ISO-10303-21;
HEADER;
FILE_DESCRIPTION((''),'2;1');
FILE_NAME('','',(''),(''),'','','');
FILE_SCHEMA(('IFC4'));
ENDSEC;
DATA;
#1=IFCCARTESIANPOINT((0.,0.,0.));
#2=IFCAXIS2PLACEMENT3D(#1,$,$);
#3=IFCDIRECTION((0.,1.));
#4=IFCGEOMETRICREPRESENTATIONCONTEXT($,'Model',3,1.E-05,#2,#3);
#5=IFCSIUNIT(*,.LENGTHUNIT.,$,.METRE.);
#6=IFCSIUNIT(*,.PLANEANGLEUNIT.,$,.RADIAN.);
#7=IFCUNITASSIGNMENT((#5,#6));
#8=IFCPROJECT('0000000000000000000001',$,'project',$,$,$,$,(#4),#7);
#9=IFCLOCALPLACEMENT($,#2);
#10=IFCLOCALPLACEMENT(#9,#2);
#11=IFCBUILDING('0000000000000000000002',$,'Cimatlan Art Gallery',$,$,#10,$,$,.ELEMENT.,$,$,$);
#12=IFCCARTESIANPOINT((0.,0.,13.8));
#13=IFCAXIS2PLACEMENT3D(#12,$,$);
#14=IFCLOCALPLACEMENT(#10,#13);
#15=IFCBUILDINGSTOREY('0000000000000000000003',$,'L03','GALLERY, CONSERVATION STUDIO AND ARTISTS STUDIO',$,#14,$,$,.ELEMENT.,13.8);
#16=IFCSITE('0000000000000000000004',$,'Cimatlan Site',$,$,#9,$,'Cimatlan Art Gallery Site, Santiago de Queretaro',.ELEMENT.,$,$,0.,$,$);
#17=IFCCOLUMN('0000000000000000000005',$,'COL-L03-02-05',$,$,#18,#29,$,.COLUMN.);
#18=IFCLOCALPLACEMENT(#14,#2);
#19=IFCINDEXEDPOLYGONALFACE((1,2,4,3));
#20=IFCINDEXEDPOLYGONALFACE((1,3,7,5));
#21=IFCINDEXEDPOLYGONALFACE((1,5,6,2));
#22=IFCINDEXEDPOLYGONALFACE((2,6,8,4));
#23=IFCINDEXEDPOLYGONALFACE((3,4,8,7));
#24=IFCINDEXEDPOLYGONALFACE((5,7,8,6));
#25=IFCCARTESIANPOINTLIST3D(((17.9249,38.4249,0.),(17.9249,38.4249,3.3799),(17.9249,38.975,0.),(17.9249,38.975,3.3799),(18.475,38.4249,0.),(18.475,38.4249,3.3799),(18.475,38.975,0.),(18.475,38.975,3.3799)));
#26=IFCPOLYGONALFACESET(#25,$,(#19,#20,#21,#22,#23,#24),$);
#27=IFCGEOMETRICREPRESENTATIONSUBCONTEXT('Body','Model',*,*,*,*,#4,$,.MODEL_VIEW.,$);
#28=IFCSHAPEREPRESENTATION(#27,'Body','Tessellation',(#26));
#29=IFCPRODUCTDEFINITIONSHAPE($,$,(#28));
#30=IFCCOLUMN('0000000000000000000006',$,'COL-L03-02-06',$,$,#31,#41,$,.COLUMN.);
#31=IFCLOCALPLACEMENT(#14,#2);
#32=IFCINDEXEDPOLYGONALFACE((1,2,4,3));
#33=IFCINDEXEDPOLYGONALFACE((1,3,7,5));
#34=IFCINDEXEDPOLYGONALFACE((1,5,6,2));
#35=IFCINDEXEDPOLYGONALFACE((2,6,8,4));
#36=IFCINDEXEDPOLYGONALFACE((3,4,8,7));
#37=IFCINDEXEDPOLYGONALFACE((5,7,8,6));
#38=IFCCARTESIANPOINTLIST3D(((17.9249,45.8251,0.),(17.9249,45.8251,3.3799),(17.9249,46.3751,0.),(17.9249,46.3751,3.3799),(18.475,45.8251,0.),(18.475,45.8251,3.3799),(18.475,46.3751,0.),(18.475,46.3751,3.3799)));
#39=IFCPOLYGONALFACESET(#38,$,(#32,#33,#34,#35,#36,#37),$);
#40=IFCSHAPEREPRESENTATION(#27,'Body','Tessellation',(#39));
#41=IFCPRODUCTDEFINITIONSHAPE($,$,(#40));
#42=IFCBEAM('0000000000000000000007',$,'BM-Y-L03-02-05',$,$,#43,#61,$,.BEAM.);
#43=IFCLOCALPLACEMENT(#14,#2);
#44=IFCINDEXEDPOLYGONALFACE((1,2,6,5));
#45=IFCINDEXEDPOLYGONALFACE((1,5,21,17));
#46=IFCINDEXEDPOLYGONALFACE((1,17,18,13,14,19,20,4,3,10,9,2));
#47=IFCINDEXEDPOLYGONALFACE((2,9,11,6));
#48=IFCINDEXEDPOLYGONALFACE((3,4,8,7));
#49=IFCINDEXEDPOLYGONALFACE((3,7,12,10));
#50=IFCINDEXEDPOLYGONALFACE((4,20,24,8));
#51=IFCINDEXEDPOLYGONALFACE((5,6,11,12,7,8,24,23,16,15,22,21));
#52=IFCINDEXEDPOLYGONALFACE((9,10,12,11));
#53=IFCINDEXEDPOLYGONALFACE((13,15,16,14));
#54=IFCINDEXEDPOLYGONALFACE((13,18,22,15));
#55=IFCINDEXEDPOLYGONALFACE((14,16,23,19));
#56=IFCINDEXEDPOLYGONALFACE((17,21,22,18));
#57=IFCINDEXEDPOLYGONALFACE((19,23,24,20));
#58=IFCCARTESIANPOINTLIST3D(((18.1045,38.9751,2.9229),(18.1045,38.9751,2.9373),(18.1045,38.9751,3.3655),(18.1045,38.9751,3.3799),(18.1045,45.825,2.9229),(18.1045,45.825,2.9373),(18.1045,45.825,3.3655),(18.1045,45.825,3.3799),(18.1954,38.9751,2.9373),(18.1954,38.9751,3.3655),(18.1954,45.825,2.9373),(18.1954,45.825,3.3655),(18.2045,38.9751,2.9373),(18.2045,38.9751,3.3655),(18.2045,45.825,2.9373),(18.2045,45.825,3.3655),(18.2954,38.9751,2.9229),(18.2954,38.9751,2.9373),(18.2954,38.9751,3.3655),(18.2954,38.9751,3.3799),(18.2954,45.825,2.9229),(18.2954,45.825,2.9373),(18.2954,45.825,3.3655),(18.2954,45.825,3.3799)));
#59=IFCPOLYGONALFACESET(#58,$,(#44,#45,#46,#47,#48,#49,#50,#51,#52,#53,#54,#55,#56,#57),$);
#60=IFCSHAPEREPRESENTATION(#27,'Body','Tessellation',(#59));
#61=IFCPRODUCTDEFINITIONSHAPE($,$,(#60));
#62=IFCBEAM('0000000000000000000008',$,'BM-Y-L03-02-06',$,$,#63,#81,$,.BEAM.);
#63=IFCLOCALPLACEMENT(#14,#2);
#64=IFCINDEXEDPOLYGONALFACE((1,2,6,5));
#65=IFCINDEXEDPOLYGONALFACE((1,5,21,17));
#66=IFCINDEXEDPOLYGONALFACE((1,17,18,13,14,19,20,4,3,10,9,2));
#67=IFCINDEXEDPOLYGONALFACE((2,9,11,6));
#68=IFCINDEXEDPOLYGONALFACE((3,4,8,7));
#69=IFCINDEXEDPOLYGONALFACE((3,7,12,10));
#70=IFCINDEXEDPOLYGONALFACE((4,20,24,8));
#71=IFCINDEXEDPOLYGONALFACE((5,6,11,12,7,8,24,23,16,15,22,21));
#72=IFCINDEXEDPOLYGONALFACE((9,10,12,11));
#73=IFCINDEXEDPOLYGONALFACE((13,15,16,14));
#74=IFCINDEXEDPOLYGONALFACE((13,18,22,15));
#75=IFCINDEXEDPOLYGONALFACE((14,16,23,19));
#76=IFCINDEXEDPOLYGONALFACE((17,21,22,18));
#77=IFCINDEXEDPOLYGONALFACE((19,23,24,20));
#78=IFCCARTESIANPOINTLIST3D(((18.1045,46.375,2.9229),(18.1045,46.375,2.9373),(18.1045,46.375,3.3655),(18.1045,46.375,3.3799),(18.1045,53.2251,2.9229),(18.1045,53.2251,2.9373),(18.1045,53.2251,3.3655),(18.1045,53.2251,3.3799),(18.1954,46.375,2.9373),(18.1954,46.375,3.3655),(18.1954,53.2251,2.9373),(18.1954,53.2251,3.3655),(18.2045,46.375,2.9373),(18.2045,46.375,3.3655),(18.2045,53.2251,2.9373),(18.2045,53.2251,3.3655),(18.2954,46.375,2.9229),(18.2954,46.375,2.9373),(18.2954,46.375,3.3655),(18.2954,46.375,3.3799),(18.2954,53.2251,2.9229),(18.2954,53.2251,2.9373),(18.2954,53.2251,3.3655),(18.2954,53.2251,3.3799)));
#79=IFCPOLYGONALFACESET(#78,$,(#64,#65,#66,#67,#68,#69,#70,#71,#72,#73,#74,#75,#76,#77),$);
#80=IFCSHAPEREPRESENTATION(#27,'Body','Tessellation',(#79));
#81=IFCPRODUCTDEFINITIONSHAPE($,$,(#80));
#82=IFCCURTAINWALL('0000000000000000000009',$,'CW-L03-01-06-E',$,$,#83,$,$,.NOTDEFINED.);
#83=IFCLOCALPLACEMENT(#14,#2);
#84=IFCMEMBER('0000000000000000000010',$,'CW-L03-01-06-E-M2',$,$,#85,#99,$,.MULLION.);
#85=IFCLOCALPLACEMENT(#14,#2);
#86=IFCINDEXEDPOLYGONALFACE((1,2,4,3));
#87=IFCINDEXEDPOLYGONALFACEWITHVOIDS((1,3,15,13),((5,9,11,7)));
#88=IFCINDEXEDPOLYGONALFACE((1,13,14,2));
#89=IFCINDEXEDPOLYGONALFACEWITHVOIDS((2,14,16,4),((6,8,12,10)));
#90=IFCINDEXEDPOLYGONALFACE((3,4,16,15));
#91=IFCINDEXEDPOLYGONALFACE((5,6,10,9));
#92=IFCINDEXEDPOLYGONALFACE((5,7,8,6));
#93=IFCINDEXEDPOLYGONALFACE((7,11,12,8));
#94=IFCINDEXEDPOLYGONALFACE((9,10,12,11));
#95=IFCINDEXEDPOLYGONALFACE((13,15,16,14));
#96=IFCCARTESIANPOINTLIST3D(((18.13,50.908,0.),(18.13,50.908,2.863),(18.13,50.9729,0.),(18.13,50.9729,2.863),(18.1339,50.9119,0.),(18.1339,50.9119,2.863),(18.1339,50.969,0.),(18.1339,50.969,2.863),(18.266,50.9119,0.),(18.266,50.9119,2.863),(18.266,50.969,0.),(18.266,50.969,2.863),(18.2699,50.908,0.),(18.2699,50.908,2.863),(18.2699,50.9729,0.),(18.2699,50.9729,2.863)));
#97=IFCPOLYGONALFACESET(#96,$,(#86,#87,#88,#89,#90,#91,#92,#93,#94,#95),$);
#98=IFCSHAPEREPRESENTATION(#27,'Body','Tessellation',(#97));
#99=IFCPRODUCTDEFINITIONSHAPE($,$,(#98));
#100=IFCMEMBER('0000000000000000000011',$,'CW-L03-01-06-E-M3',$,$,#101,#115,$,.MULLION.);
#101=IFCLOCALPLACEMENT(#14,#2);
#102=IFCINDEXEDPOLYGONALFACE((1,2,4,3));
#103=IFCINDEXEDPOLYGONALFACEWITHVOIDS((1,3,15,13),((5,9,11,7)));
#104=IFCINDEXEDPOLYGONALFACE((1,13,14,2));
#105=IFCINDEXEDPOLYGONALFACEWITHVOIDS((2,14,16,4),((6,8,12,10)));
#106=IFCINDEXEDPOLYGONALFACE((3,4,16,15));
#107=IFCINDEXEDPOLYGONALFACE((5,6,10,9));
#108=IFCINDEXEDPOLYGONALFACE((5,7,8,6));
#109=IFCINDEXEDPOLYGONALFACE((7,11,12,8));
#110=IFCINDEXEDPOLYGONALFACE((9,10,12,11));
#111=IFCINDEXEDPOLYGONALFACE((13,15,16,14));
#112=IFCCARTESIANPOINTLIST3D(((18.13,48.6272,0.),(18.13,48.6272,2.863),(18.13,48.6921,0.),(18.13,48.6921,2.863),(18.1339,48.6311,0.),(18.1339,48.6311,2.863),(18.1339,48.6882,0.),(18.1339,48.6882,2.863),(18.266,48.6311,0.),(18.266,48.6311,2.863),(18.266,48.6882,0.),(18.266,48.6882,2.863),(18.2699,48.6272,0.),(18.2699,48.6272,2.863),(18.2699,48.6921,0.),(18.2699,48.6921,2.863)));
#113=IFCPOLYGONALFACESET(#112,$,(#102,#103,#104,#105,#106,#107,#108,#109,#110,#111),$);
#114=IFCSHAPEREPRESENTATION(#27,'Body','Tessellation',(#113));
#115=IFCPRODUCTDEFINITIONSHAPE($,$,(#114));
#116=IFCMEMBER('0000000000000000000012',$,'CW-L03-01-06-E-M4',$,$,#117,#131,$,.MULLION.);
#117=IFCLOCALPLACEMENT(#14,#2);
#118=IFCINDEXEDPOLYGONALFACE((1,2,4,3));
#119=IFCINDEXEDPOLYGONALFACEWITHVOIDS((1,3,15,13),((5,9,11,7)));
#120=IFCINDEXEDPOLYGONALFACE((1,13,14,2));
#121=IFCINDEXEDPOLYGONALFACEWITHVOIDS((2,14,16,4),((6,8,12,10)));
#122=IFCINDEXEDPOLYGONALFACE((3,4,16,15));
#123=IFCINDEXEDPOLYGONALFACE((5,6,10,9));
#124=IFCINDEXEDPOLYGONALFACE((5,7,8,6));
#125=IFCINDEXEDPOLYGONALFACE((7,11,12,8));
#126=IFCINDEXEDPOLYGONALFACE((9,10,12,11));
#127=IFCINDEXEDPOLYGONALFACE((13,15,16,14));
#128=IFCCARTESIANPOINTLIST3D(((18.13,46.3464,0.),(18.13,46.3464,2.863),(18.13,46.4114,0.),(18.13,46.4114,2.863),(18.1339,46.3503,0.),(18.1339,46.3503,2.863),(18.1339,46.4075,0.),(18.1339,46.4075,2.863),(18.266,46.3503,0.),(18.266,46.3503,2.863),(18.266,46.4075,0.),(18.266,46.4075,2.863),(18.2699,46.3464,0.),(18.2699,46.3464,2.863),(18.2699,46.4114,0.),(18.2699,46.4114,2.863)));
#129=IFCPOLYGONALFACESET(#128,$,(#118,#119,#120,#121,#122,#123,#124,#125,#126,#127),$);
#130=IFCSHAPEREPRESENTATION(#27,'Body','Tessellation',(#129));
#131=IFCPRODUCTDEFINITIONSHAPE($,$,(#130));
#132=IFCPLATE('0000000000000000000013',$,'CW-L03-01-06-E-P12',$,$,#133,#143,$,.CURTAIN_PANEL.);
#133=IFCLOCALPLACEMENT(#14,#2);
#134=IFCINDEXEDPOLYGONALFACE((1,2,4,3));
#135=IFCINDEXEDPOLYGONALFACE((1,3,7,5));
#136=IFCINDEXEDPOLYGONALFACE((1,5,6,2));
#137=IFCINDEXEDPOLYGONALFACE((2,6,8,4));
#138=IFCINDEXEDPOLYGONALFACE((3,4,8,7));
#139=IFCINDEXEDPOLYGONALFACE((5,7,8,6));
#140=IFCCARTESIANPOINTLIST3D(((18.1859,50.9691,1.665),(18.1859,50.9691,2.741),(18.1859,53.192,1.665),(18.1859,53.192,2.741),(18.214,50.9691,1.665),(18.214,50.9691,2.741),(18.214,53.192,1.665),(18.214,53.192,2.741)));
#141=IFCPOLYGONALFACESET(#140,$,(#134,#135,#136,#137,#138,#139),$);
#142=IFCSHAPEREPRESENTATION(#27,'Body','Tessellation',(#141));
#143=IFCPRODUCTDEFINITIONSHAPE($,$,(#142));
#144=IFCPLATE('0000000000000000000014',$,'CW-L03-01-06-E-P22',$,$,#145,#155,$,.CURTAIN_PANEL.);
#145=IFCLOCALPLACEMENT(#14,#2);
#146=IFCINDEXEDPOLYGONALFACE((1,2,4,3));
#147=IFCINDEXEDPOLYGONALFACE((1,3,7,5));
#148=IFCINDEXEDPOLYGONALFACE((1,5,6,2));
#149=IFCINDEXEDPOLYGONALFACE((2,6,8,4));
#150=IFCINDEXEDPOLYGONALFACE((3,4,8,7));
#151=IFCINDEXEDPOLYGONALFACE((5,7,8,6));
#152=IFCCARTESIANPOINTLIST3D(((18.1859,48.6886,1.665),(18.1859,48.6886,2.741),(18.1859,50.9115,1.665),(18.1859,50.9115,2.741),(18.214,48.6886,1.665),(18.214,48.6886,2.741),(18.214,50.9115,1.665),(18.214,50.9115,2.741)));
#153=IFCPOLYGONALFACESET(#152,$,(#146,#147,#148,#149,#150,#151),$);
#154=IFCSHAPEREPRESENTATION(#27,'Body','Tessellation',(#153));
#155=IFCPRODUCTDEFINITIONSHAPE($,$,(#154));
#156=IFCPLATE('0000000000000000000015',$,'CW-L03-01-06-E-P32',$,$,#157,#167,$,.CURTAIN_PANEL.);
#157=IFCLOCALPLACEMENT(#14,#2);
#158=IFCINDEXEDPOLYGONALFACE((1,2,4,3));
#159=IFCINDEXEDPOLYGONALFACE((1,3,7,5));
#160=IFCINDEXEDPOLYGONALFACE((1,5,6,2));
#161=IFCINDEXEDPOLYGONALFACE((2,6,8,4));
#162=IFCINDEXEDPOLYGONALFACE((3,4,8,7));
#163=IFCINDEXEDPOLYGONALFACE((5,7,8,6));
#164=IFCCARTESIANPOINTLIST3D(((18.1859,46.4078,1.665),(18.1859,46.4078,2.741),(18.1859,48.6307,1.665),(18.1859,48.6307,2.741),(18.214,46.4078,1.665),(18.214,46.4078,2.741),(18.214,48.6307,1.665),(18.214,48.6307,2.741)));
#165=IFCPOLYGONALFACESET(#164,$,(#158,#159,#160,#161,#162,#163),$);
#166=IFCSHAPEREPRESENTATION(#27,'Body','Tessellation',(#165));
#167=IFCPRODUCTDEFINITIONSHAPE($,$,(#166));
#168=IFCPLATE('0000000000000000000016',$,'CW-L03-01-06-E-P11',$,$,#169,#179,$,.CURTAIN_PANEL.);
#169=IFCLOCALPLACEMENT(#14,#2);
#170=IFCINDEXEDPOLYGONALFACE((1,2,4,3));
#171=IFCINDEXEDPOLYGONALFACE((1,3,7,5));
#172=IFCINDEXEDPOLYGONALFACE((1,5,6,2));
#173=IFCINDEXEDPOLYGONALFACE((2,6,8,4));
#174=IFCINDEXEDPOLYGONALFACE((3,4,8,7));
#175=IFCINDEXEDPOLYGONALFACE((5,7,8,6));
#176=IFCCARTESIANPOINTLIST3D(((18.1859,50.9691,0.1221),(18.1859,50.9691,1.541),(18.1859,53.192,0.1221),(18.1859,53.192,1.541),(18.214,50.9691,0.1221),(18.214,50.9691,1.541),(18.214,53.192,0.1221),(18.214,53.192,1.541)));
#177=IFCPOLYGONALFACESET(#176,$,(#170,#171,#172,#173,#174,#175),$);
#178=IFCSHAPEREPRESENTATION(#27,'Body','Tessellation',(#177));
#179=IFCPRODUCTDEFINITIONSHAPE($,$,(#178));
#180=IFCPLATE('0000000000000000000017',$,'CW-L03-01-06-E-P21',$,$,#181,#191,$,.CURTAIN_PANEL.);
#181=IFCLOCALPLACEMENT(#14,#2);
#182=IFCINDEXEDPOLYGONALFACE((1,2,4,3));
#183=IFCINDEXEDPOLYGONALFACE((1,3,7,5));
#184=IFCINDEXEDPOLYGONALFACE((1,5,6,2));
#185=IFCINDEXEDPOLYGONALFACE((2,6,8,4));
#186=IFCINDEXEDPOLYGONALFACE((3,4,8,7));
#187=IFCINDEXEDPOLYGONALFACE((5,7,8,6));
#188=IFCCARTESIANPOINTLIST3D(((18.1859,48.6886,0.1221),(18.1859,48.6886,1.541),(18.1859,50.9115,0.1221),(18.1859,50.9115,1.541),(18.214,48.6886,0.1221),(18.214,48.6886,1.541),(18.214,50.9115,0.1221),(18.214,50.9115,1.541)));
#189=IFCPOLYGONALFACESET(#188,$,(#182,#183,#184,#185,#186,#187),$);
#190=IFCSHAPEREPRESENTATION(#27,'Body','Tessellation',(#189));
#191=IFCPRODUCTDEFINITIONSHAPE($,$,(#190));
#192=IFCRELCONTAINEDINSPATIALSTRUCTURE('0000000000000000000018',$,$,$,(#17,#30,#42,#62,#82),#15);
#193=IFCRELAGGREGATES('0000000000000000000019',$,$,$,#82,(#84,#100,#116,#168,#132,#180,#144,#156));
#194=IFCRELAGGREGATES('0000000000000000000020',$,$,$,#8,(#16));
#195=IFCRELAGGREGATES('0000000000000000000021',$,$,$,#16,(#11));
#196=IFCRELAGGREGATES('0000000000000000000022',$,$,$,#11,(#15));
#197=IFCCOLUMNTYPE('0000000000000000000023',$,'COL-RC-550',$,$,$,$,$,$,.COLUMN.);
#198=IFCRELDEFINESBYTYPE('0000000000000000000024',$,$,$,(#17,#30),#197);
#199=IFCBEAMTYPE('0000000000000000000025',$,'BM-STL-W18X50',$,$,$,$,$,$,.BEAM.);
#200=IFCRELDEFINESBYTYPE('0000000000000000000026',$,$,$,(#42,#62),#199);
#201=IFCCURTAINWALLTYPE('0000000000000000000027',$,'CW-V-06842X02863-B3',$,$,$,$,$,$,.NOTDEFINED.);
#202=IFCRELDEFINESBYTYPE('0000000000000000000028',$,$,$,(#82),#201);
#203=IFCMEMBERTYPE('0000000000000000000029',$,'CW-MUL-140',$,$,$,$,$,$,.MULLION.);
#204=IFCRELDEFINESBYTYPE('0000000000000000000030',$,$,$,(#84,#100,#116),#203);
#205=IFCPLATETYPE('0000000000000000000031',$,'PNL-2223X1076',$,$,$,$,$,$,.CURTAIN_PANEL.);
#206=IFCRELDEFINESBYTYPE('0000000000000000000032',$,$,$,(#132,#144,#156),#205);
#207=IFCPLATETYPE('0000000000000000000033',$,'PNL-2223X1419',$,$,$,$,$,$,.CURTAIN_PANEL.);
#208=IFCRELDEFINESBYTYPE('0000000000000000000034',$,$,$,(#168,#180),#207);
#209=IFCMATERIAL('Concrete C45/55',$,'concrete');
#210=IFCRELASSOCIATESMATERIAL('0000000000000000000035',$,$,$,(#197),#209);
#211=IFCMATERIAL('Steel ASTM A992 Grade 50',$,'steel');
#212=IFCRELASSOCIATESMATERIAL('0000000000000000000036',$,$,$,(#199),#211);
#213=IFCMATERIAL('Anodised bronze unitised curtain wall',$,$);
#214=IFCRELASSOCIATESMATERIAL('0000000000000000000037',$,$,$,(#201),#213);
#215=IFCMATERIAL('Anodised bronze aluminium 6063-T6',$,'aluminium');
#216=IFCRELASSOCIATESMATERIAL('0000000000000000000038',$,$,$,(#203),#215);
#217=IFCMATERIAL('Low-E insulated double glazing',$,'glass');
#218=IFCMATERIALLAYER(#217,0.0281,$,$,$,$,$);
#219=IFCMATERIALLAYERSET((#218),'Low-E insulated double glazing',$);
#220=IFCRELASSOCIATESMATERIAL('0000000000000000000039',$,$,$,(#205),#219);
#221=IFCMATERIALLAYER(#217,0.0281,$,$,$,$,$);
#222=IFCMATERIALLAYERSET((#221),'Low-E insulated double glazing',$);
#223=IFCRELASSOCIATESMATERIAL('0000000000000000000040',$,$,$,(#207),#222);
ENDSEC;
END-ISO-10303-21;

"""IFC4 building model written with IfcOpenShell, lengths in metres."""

from ifc_helpers import new_model, si_unit, direction, frame, origin, origin_2d, place, context, subcontext, project, spatial, rectangle, hollow_rectangle, i_section, extrude, material, layer, layer_set, material_profile, profile_set, type_object, element, aggregate, save


model = new_model("IFC4")

# Units and contexts
model_context = context("Model", 3, precision=1e-05, world=origin(), true_north=direction((0.0, 1.0)))
body_context = subcontext(model_context, "Body", "Model", "MODEL_VIEW")
ifc_project = project(units=[si_unit("LENGTHUNIT", "METRE"), si_unit("PLANEANGLEUNIT", "RADIAN")], contexts=[model_context])

# Site, building, storey
site_placement = place(None, origin())
site = spatial("IfcSite", under=ifc_project, at=site_placement, Name="Cimatlan Site", LongName="Cimatlan Art Gallery Site, Santiago de Queretaro", CompositionType="ELEMENT", RefElevation=0.0)
building_placement = place(site_placement, origin())
building = spatial("IfcBuilding", under=site, at=building_placement, Name="Cimatlan Art Gallery", CompositionType="ELEMENT")
storey_placement = place(building_placement, frame((0.0, 0.0, 13.8)))
storey = spatial("IfcBuildingStorey", under=building, at=storey_placement, Name="L03", Description="GALLERY, CONSERVATION STUDIO AND ARTISTS STUDIO", CompositionType="ELEMENT", Elevation=13.8)

# Columns
ifc_material_1 = material(Name="Concrete C45/55", Category="concrete")
ifc_material_profile_1 = material_profile(ifc_material_1, rectangle(XDim=0.55, YDim=0.55, at=origin_2d()), Name="RC550X550")
ifc_profile_set_1 = profile_set([ifc_material_profile_1], Name="Concrete C45/55")
column_type = type_object("IfcColumnType", Name="COL-RC-550", PredefinedType="COLUMN", material=ifc_profile_set_1)
for number, where, z_axis, x_axis, name in (
    (1, (18.2, 38.7, 0.0), (0.0, 0.0, 1.0), (1.0, 0.0, 0.0), "COL-L03-02-05"),
    (2, (18.2, 46.1001, 0.0), (0.0, 0.0, 1.0), (1.0, 0.0, 0.0), "COL-L03-02-06"),
):
    element("IfcColumn", number, at=place(storey_placement, frame(where, z_axis=z_axis, x_axis=x_axis)), inside=storey, type_object=column_type, Name=name, PredefinedType="COLUMN", context=body_context, shape_type="SweptSolid", body=[
        extrude(rectangle(XDim=0.55, YDim=0.55, at=origin_2d()), origin(), (0.0, 0.0, 1.0), 3.3799),
    ])

# Beams
ifc_material_2 = material(Name="Steel ASTM A992 Grade 50", Category="steel")
ifc_material_profile_2 = material_profile(ifc_material_2, i_section(OverallWidth=0.1909, OverallDepth=0.457, WebThickness=0.009, FlangeThickness=0.0144, at=origin_2d()), Name="W18X50")
ifc_profile_set_2 = profile_set([ifc_material_profile_2], Name="Steel ASTM A992 Grade 50")
beam_type = type_object("IfcBeamType", Name="BM-STL-W18X50", PredefinedType="BEAM", material=ifc_profile_set_2)
beam_1_placement = place(storey_placement, frame((18.2, 38.9751, 3.1514), z_axis=(0.0, 1.0, 0.0), x_axis=(-1.0, 0.0, 0.0)))
element("IfcBeam", 3, at=beam_1_placement, inside=storey, type_object=beam_type, Name="BM-Y-L03-02-05", PredefinedType="BEAM", context=body_context, shape_type="SweptSolid", body=[
    extrude(i_section(OverallWidth=0.1909, OverallDepth=0.457, WebThickness=0.009, FlangeThickness=0.0144, at=origin_2d()), origin(), (0.0, 0.0, 1.0), 6.8499),
])
beam_2_placement = place(storey_placement, frame((18.2, 46.375, 3.1514), z_axis=(0.0, 1.0, 0.0), x_axis=(-1.0, 0.0, 0.0)))
element("IfcBeam", 4, at=beam_2_placement, inside=storey, type_object=beam_type, Name="BM-Y-L03-02-06", PredefinedType="BEAM", context=body_context, shape_type="SweptSolid", body=[
    extrude(i_section(OverallWidth=0.1909, OverallDepth=0.457, WebThickness=0.009, FlangeThickness=0.0144, at=origin_2d()), origin(), (0.0, 0.0, 1.0), 6.8501),
])

# Curtain wall, members, plates
ifc_material_3 = material(Name="Anodised bronze unitised curtain wall")
curtain_wall_type = type_object("IfcCurtainWallType", Name="CW-V-06842X02863-B3", PredefinedType="NOTDEFINED", material=ifc_material_3)
curtain_wall_placement = place(storey_placement, origin())
curtain_wall = element("IfcCurtainWall", 5, at=curtain_wall_placement, inside=storey, type_object=curtain_wall_type, Name="CW-L03-01-06-E", PredefinedType="NOTDEFINED")
ifc_material_4 = material(Name="Anodised bronze aluminium 6063-T6", Category="aluminium")
ifc_material_profile_3 = material_profile(ifc_material_4, hollow_rectangle(XDim=0.0649, YDim=0.1399, WallThickness=0.0039, at=origin_2d()), Name="ALU65X140X4")
ifc_profile_set_3 = profile_set([ifc_material_profile_3], Name="Anodised bronze aluminium 6063-T6")
member_type = type_object("IfcMemberType", Name="CW-MUL-140", PredefinedType="MULLION", material=ifc_profile_set_3)
member_1_placement = place(storey_placement, frame((18.2, 50.9404, 0.0), z_axis=(0.0, 0.0, 1.0), x_axis=(0.0, 1.0, 0.0)))
member_1 = element("IfcMember", 6, at=member_1_placement, type_object=member_type, Name="CW-L03-01-06-E-M2", PredefinedType="MULLION", context=body_context, shape_type="SweptSolid", body=[
    extrude(hollow_rectangle(XDim=0.0649, YDim=0.1399, WallThickness=0.0039, at=origin_2d()), origin(), (0.0, 0.0, 1.0), 2.863),
])
member_2_placement = place(storey_placement, frame((18.2, 48.6597, 0.0), z_axis=(0.0, 0.0, 1.0), x_axis=(0.0, 1.0, 0.0)))
member_2 = element("IfcMember", 7, at=member_2_placement, type_object=member_type, Name="CW-L03-01-06-E-M3", PredefinedType="MULLION", context=body_context, shape_type="SweptSolid", body=[
    extrude(hollow_rectangle(XDim=0.0649, YDim=0.1399, WallThickness=0.0039, at=origin_2d()), origin(), (0.0, 0.0, 1.0), 2.863),
])
member_3_placement = place(storey_placement, frame((18.2, 46.3789, 0.0), z_axis=(0.0, 0.0, 1.0), x_axis=(0.0, 1.0, 0.0)))
member_3 = element("IfcMember", 8, at=member_3_placement, type_object=member_type, Name="CW-L03-01-06-E-M4", PredefinedType="MULLION", context=body_context, shape_type="SweptSolid", body=[
    extrude(hollow_rectangle(XDim=0.0649, YDim=0.1399, WallThickness=0.0039, at=origin_2d()), origin(), (0.0, 0.0, 1.0), 2.863),
])
ifc_material_5 = material(Name="Low-E insulated double glazing", Category="glass")
ifc_layer_1 = layer(ifc_material_5, 0.0281)
ifc_layer_set_1 = layer_set([ifc_layer_1], Name="Low-E insulated double glazing")
plate_type_1 = type_object("IfcPlateType", Name="PNL-2223X1076", PredefinedType="CURTAIN_PANEL", material=ifc_layer_set_1)
plate_1_placement = place(storey_placement, frame((18.2, 52.0806, 1.665), z_axis=(0.0, 0.0, 1.0), x_axis=(0.0, -1.0, 0.0)))
plate_1 = element("IfcPlate", 9, at=plate_1_placement, type_object=plate_type_1, Name="CW-L03-01-06-E-P12", PredefinedType="CURTAIN_PANEL", context=body_context, shape_type="SweptSolid", body=[
    extrude(rectangle(XDim=2.2229, YDim=0.0281, at=origin_2d()), origin(), (0.0, 0.0, 1.0), 1.0759),
])
plate_2_placement = place(storey_placement, frame((18.2, 49.8, 1.665), z_axis=(0.0, 0.0, 1.0), x_axis=(0.0, -1.0, 0.0)))
plate_2 = element("IfcPlate", 10, at=plate_2_placement, type_object=plate_type_1, Name="CW-L03-01-06-E-P22", PredefinedType="CURTAIN_PANEL", context=body_context, shape_type="SweptSolid", body=[
    extrude(rectangle(XDim=2.2229, YDim=0.0281, at=origin_2d()), origin(), (0.0, 0.0, 1.0), 1.0759),
])
plate_3_placement = place(storey_placement, frame((18.2, 47.5193, 1.665), z_axis=(0.0, 0.0, 1.0), x_axis=(0.0, -1.0, 0.0)))
plate_3 = element("IfcPlate", 11, at=plate_3_placement, type_object=plate_type_1, Name="CW-L03-01-06-E-P32", PredefinedType="CURTAIN_PANEL", context=body_context, shape_type="SweptSolid", body=[
    extrude(rectangle(XDim=2.2229, YDim=0.0281, at=origin_2d()), origin(), (0.0, 0.0, 1.0), 1.0759),
])
ifc_layer_2 = layer(ifc_material_5, 0.0281)
ifc_layer_set_2 = layer_set([ifc_layer_2], Name="Low-E insulated double glazing")
plate_type_2 = type_object("IfcPlateType", Name="PNL-2223X1419", PredefinedType="CURTAIN_PANEL", material=ifc_layer_set_2)
plate_4_placement = place(storey_placement, frame((18.2, 52.0806, 0.1221), z_axis=(0.0, 0.0, 1.0), x_axis=(0.0, -1.0, 0.0)))
plate_4 = element("IfcPlate", 12, at=plate_4_placement, type_object=plate_type_2, Name="CW-L03-01-06-E-P11", PredefinedType="CURTAIN_PANEL", context=body_context, shape_type="SweptSolid", body=[
    extrude(rectangle(XDim=2.2229, YDim=0.0281, at=origin_2d()), origin(), (0.0, 0.0, 1.0), 1.4189),
])
plate_5_placement = place(storey_placement, frame((18.2, 49.8, 0.1221), z_axis=(0.0, 0.0, 1.0), x_axis=(0.0, -1.0, 0.0)))
plate_5 = element("IfcPlate", 13, at=plate_5_placement, type_object=plate_type_2, Name="CW-L03-01-06-E-P21", PredefinedType="CURTAIN_PANEL", context=body_context, shape_type="SweptSolid", body=[
    extrude(rectangle(XDim=2.2229, YDim=0.0281, at=origin_2d()), origin(), (0.0, 0.0, 1.0), 1.4189),
])
aggregate(curtain_wall, [member_1, member_2, member_3, plate_4, plate_1, plate_5, plate_2, plate_3])

save(model, "model.ifc")
